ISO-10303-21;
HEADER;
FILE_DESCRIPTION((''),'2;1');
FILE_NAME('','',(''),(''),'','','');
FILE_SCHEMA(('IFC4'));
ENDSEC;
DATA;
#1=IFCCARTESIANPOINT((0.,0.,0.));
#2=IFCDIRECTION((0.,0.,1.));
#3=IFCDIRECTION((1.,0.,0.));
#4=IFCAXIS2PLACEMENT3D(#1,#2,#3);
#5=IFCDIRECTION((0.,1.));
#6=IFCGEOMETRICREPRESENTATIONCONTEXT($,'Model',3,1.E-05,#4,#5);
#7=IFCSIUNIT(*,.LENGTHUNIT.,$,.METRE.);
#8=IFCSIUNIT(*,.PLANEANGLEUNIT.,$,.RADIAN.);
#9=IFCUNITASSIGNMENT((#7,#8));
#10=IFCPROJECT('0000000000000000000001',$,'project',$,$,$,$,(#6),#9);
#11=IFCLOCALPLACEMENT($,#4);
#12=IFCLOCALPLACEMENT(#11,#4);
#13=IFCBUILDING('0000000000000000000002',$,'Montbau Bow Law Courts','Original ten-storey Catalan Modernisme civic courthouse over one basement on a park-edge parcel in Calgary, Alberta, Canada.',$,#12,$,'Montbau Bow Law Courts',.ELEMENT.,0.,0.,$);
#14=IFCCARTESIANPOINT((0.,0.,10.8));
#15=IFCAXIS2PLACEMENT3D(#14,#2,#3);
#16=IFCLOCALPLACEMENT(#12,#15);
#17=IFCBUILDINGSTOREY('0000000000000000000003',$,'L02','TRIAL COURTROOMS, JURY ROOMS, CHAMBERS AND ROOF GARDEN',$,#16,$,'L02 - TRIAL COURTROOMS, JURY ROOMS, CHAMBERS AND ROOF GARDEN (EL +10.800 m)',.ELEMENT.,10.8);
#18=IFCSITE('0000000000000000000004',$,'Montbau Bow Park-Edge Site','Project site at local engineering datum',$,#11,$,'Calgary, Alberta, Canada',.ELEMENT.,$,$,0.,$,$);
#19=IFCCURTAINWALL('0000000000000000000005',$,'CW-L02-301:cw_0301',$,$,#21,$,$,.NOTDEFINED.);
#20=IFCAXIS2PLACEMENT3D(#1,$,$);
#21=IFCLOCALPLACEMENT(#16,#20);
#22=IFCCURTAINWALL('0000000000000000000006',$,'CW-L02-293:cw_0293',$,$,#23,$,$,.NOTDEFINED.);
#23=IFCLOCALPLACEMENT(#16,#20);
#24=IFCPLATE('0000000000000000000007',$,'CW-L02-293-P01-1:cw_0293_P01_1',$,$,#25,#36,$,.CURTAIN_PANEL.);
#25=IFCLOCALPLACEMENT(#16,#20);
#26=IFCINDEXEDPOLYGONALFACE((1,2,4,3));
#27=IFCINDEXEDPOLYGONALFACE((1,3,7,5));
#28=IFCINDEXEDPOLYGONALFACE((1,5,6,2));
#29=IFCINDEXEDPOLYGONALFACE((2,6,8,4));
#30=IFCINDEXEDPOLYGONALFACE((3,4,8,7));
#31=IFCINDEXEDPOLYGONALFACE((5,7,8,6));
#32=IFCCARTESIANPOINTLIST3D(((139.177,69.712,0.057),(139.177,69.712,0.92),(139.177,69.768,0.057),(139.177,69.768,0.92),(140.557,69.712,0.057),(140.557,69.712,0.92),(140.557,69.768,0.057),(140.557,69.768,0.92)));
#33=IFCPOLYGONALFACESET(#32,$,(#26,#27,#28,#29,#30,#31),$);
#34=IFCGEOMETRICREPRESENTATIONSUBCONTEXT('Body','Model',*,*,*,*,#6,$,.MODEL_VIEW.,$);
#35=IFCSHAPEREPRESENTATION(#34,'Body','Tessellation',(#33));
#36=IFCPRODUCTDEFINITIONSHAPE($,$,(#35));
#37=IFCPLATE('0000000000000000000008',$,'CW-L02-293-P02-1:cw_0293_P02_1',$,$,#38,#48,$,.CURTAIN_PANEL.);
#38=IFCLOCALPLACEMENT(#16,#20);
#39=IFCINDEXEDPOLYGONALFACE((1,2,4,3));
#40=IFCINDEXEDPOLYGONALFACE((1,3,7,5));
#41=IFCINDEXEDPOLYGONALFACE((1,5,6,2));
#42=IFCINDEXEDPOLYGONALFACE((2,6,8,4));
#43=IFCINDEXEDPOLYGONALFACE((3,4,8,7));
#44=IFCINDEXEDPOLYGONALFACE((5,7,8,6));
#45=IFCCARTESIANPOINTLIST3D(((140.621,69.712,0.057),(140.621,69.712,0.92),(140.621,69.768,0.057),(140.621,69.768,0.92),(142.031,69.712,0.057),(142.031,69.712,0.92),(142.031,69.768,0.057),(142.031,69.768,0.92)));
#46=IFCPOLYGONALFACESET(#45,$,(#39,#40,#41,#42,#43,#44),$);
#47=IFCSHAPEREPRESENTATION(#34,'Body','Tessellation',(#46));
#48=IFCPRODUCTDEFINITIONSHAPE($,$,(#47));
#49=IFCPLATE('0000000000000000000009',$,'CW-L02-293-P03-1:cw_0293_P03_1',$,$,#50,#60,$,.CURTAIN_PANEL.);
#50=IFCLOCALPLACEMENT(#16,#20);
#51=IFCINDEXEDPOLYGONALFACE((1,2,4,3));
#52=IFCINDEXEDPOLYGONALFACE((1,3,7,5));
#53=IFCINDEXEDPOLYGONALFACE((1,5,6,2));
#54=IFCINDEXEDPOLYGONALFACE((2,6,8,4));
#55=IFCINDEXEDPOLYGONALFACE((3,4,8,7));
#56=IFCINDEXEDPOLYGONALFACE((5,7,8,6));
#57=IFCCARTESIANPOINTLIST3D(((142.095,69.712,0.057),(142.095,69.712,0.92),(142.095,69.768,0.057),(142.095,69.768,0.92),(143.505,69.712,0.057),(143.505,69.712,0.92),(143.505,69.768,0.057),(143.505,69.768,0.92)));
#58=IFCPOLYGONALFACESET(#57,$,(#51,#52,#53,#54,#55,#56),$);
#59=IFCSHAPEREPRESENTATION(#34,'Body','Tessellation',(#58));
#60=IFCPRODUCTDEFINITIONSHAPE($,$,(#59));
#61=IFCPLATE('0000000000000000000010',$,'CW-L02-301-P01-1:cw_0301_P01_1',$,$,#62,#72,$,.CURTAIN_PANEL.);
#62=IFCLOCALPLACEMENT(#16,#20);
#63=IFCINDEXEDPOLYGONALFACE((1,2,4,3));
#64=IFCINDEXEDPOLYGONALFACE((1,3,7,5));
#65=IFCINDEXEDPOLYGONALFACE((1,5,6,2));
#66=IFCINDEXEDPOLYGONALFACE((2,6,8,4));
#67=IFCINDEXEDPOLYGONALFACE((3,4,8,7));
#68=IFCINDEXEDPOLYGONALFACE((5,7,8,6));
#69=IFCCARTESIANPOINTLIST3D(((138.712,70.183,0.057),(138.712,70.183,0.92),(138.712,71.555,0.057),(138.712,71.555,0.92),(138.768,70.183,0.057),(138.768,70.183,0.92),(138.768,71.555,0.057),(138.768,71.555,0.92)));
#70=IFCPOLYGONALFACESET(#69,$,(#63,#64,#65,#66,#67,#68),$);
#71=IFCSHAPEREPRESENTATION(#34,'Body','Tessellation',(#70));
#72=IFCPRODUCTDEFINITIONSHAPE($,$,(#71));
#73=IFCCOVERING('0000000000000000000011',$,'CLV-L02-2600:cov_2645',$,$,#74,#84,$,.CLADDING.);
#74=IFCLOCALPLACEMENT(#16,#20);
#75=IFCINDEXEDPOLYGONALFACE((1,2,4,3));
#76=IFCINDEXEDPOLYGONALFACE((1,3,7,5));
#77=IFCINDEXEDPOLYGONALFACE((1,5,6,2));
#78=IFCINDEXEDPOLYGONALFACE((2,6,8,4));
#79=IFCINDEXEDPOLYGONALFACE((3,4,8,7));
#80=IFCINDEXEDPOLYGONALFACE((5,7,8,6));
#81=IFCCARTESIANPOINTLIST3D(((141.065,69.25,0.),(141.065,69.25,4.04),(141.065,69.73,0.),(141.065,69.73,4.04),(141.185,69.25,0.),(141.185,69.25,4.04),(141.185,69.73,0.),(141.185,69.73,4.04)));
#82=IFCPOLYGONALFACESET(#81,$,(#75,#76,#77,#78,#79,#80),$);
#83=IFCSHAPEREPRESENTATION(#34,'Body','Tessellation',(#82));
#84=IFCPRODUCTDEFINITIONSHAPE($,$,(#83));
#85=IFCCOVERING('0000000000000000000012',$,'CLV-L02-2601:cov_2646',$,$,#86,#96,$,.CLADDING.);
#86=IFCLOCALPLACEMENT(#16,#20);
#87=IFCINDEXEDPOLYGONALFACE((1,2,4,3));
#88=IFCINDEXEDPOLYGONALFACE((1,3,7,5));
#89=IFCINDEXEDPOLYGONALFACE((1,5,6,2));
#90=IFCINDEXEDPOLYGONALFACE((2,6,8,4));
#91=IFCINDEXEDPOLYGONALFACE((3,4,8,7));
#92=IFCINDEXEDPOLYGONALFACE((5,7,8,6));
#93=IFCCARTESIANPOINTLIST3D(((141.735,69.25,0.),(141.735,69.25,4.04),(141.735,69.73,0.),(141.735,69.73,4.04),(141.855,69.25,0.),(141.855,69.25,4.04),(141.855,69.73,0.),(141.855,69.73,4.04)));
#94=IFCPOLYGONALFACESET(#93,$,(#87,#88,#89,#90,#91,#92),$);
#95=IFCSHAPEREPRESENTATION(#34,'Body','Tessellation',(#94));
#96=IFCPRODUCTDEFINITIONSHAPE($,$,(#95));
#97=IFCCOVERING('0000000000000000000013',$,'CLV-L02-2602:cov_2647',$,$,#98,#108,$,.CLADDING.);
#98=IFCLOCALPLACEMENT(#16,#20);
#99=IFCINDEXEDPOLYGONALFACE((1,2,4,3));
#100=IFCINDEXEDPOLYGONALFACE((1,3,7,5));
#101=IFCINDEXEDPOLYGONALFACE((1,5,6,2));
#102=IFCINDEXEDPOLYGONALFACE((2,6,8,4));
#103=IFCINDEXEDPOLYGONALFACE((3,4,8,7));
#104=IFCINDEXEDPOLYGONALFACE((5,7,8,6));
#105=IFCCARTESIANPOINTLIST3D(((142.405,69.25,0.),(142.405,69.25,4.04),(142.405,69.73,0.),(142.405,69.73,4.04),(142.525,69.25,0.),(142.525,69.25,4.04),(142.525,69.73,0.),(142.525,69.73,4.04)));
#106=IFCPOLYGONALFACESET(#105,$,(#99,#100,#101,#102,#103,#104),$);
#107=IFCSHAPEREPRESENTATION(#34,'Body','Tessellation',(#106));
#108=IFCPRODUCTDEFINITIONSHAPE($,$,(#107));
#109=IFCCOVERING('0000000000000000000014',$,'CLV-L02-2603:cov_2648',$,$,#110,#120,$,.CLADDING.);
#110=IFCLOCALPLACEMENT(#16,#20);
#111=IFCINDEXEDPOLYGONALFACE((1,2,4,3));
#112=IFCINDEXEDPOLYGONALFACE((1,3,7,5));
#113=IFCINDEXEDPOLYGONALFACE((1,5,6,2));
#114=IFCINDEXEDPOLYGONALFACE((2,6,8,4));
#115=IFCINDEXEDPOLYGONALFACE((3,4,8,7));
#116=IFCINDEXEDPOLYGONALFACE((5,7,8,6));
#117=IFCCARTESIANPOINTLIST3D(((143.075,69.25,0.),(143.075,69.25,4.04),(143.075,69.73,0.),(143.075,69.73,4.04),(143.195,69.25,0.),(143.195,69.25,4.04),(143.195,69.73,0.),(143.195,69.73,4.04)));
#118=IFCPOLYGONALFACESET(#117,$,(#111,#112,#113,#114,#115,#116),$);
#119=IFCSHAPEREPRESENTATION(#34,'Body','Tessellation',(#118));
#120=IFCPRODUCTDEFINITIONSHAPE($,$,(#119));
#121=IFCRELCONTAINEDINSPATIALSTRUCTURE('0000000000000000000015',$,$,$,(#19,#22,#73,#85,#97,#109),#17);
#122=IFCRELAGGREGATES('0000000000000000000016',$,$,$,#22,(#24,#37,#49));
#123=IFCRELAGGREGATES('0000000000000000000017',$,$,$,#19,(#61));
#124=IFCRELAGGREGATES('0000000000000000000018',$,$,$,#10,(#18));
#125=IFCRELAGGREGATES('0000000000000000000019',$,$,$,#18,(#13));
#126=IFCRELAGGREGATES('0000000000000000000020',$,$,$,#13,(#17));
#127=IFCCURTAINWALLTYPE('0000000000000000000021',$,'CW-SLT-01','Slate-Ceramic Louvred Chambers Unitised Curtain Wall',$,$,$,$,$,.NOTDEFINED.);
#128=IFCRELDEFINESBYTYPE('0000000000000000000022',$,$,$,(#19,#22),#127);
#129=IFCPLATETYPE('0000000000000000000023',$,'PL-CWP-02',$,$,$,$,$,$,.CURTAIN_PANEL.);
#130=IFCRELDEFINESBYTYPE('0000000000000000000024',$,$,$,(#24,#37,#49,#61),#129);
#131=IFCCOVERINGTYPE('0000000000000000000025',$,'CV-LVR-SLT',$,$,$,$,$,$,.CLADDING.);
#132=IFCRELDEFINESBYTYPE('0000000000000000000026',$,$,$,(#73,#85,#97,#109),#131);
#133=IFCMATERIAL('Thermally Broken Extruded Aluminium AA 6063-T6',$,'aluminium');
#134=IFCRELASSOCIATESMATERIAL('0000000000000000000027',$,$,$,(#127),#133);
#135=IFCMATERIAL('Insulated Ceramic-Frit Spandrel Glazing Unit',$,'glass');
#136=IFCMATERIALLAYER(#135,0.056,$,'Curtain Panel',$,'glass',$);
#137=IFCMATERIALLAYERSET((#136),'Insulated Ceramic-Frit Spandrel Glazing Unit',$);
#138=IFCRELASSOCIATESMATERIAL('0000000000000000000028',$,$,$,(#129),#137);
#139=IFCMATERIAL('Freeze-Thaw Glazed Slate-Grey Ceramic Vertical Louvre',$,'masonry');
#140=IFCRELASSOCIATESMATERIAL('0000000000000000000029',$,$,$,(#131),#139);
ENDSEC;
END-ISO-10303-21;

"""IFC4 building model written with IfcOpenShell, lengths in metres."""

from ifc_helpers import new_model, si_unit, direction, frame, frame_2d, origin_with_axes, place, context, subcontext, project, spatial, rectangle, extrude, material, layer, layer_set, type_object, element, aggregate, save


model = new_model("IFC4")

# Units and contexts
model_context = context("Model", 3, precision=1e-05, world=origin_with_axes(), true_north=direction((0.0, 1.0)))
body_context = subcontext(model_context, "Body", "Model", "MODEL_VIEW")
ifc_project = project(units=[si_unit("LENGTHUNIT", "METRE"), si_unit("PLANEANGLEUNIT", "RADIAN")], contexts=[model_context])

# Site, building, storey
site_placement = place(None, origin_with_axes())
site = spatial("IfcSite", under=ifc_project, at=site_placement, Name="Montbau Bow Park-Edge Site", Description="Project site at local engineering datum", LongName="Calgary, Alberta, Canada", CompositionType="ELEMENT", RefElevation=0.0)
building_placement = place(site_placement, origin_with_axes())
building = spatial("IfcBuilding", under=site, at=building_placement, Name="Montbau Bow Law Courts", Description="Original ten-storey Catalan Modernisme civic courthouse over one basement on a park-edge parcel in Calgary, Alberta, Canada.", LongName="Montbau Bow Law Courts", CompositionType="ELEMENT", ElevationOfRefHeight=0.0, ElevationOfTerrain=0.0)
storey_placement = place(building_placement, frame((0.0, 0.0, 10.8), z_axis=(0.0, 0.0, 1.0), x_axis=(1.0, 0.0, 0.0)))
storey = spatial("IfcBuildingStorey", under=building, at=storey_placement, Name="L02", Description="TRIAL COURTROOMS, JURY ROOMS, CHAMBERS AND ROOF GARDEN", LongName="L02 - TRIAL COURTROOMS, JURY ROOMS, CHAMBERS AND ROOF GARDEN (EL +10.800 m)", CompositionType="ELEMENT", Elevation=10.8)

# Curtain wall
ifc_material_1 = material(Name="Thermally Broken Extruded Aluminium AA 6063-T6", Category="aluminium")
curtain_wall_type = type_object("IfcCurtainWallType", Name="CW-SLT-01", Description="Slate-Ceramic Louvred Chambers Unitised Curtain Wall", PredefinedType="NOTDEFINED", material=ifc_material_1)
curtain_wall_1_placement = place(None, frame((138.74, 70.115, 10.8), z_axis=(0.0, 0.0, 1.0), x_axis=(1.0, 0.0, 0.0)))
curtain_wall_1 = element("IfcCurtainWall", 1, at=curtain_wall_1_placement, inside=storey, type_object=curtain_wall_type, Name="CW-L02-301:cw_0301", PredefinedType="NOTDEFINED")

# Curtain wall
curtain_wall_2_placement = place(None, frame((139.115, 69.74, 10.8), z_axis=(0.0, 0.0, 1.0), x_axis=(1.0, 0.0, 0.0)))
curtain_wall_2 = element("IfcCurtainWall", 2, at=curtain_wall_2_placement, inside=storey, type_object=curtain_wall_type, Name="CW-L02-293:cw_0293", PredefinedType="NOTDEFINED")

# Plates
ifc_material_2 = material(Name="Insulated Ceramic-Frit Spandrel Glazing Unit", Category="glass")
ifc_layer_1 = layer(ifc_material_2, 0.056, Name="Curtain Panel", Category="glass")
ifc_layer_set_1 = layer_set([ifc_layer_1], Name="Insulated Ceramic-Frit Spandrel Glazing Unit")
plate_type_1 = type_object("IfcPlateType", Name="PL-CWP-02", PredefinedType="CURTAIN_PANEL", material=ifc_layer_set_1)
plate_1_placement = place(None, frame((139.177, 69.74, 10.857), z_axis=(0.0, -1.0, 0.0), x_axis=(1.0, 0.0, 0.0)))
plate_1 = element("IfcPlate", 3, at=plate_1_placement, type_object=plate_type_1, Name="CW-L02-293-P01-1:cw_0293_P01_1", PredefinedType="CURTAIN_PANEL", context=body_context, shape_type="SweptSolid", body=[
    extrude(rectangle(XDim=1.38, YDim=0.863, at=frame_2d((0.69, 0.4315), x_axis=(1.0, 0.0))), frame((0.0, 0.0, -0.028), z_axis=(0.0, 0.0, 1.0), x_axis=(1.0, 0.0, 0.0)), (0.0, 0.0, 1.0), 0.056),
])
plate_2_placement = place(None, frame((140.621, 69.74, 10.857), z_axis=(0.0, -1.0, 0.0), x_axis=(1.0, 0.0, 0.0)))
plate_2 = element("IfcPlate", 4, at=plate_2_placement, type_object=plate_type_1, Name="CW-L02-293-P02-1:cw_0293_P02_1", PredefinedType="CURTAIN_PANEL", context=body_context, shape_type="SweptSolid", body=[
    extrude(rectangle(XDim=1.41, YDim=0.863, at=frame_2d((0.705, 0.4315), x_axis=(1.0, 0.0))), frame((0.0, 0.0, -0.028), z_axis=(0.0, 0.0, 1.0), x_axis=(1.0, 0.0, 0.0)), (0.0, 0.0, 1.0), 0.056),
])
plate_3_placement = place(None, frame((142.095, 69.74, 10.857), z_axis=(0.0, -1.0, 0.0), x_axis=(1.0, 0.0, 0.0)))
plate_3 = element("IfcPlate", 5, at=plate_3_placement, type_object=plate_type_1, Name="CW-L02-293-P03-1:cw_0293_P03_1", PredefinedType="CURTAIN_PANEL", context=body_context, shape_type="SweptSolid", body=[
    extrude(rectangle(XDim=1.41, YDim=0.863, at=frame_2d((0.705, 0.4315), x_axis=(1.0, 0.0))), frame((0.0, 0.0, -0.028), z_axis=(0.0, 0.0, 1.0), x_axis=(1.0, 0.0, 0.0)), (0.0, 0.0, 1.0), 0.056),
])
aggregate(curtain_wall_2, [plate_1, plate_2, plate_3])
plate_4_placement = place(None, frame((138.74, 70.183, 10.857), z_axis=(1.0, 0.0, 0.0), x_axis=(0.0, 1.0, 0.0)))
plate_4 = element("IfcPlate", 6, at=plate_4_placement, type_object=plate_type_1, Name="CW-L02-301-P01-1:cw_0301_P01_1", PredefinedType="CURTAIN_PANEL", context=body_context, shape_type="SweptSolid", body=[
    extrude(rectangle(XDim=1.372, YDim=0.863, at=frame_2d((0.686, 0.4315), x_axis=(1.0, 0.0))), frame((0.0, 0.0, -0.028), z_axis=(0.0, 0.0, 1.0), x_axis=(1.0, 0.0, 0.0)), (0.0, 0.0, 1.0), 0.056),
])
aggregate(curtain_wall_1, [plate_4])

# Coverings
ifc_material_3 = material(Name="Freeze-Thaw Glazed Slate-Grey Ceramic Vertical Louvre", Category="masonry")
covering_type = type_object("IfcCoveringType", Name="CV-LVR-SLT", PredefinedType="CLADDING", material=ifc_material_3)
for number, where, z_axis, x_axis, name in (
    (7, (141.125, 69.73, 10.8), (-1.0, 0.0, 0.0), (0.0, -1.0, 0.0), "CLV-L02-2600:cov_2645"),
    (8, (141.795, 69.73, 10.8), (-1.0, 0.0, 0.0), (0.0, -1.0, 0.0), "CLV-L02-2601:cov_2646"),
    (9, (142.465, 69.73, 10.8), (-1.0, 0.0, 0.0), (0.0, -1.0, 0.0), "CLV-L02-2602:cov_2647"),
    (10, (143.135, 69.73, 10.8), (-1.0, 0.0, 0.0), (0.0, -1.0, 0.0), "CLV-L02-2603:cov_2648"),
):
    element("IfcCovering", number, at=place(None, frame(where, z_axis=z_axis, x_axis=x_axis)), inside=storey, type_object=covering_type, Name=name, PredefinedType="CLADDING", context=body_context, shape_type="SweptSolid", body=[
        extrude(rectangle(XDim=0.48, YDim=4.04, at=frame_2d((0.24, 2.02), x_axis=(1.0, 0.0))), frame((0.0, 0.0, -0.06), z_axis=(0.0, 0.0, 1.0), x_axis=(1.0, 0.0, 0.0)), (0.0, 0.0, 1.0), 0.12),
    ])

save(model, "model.ifc")
